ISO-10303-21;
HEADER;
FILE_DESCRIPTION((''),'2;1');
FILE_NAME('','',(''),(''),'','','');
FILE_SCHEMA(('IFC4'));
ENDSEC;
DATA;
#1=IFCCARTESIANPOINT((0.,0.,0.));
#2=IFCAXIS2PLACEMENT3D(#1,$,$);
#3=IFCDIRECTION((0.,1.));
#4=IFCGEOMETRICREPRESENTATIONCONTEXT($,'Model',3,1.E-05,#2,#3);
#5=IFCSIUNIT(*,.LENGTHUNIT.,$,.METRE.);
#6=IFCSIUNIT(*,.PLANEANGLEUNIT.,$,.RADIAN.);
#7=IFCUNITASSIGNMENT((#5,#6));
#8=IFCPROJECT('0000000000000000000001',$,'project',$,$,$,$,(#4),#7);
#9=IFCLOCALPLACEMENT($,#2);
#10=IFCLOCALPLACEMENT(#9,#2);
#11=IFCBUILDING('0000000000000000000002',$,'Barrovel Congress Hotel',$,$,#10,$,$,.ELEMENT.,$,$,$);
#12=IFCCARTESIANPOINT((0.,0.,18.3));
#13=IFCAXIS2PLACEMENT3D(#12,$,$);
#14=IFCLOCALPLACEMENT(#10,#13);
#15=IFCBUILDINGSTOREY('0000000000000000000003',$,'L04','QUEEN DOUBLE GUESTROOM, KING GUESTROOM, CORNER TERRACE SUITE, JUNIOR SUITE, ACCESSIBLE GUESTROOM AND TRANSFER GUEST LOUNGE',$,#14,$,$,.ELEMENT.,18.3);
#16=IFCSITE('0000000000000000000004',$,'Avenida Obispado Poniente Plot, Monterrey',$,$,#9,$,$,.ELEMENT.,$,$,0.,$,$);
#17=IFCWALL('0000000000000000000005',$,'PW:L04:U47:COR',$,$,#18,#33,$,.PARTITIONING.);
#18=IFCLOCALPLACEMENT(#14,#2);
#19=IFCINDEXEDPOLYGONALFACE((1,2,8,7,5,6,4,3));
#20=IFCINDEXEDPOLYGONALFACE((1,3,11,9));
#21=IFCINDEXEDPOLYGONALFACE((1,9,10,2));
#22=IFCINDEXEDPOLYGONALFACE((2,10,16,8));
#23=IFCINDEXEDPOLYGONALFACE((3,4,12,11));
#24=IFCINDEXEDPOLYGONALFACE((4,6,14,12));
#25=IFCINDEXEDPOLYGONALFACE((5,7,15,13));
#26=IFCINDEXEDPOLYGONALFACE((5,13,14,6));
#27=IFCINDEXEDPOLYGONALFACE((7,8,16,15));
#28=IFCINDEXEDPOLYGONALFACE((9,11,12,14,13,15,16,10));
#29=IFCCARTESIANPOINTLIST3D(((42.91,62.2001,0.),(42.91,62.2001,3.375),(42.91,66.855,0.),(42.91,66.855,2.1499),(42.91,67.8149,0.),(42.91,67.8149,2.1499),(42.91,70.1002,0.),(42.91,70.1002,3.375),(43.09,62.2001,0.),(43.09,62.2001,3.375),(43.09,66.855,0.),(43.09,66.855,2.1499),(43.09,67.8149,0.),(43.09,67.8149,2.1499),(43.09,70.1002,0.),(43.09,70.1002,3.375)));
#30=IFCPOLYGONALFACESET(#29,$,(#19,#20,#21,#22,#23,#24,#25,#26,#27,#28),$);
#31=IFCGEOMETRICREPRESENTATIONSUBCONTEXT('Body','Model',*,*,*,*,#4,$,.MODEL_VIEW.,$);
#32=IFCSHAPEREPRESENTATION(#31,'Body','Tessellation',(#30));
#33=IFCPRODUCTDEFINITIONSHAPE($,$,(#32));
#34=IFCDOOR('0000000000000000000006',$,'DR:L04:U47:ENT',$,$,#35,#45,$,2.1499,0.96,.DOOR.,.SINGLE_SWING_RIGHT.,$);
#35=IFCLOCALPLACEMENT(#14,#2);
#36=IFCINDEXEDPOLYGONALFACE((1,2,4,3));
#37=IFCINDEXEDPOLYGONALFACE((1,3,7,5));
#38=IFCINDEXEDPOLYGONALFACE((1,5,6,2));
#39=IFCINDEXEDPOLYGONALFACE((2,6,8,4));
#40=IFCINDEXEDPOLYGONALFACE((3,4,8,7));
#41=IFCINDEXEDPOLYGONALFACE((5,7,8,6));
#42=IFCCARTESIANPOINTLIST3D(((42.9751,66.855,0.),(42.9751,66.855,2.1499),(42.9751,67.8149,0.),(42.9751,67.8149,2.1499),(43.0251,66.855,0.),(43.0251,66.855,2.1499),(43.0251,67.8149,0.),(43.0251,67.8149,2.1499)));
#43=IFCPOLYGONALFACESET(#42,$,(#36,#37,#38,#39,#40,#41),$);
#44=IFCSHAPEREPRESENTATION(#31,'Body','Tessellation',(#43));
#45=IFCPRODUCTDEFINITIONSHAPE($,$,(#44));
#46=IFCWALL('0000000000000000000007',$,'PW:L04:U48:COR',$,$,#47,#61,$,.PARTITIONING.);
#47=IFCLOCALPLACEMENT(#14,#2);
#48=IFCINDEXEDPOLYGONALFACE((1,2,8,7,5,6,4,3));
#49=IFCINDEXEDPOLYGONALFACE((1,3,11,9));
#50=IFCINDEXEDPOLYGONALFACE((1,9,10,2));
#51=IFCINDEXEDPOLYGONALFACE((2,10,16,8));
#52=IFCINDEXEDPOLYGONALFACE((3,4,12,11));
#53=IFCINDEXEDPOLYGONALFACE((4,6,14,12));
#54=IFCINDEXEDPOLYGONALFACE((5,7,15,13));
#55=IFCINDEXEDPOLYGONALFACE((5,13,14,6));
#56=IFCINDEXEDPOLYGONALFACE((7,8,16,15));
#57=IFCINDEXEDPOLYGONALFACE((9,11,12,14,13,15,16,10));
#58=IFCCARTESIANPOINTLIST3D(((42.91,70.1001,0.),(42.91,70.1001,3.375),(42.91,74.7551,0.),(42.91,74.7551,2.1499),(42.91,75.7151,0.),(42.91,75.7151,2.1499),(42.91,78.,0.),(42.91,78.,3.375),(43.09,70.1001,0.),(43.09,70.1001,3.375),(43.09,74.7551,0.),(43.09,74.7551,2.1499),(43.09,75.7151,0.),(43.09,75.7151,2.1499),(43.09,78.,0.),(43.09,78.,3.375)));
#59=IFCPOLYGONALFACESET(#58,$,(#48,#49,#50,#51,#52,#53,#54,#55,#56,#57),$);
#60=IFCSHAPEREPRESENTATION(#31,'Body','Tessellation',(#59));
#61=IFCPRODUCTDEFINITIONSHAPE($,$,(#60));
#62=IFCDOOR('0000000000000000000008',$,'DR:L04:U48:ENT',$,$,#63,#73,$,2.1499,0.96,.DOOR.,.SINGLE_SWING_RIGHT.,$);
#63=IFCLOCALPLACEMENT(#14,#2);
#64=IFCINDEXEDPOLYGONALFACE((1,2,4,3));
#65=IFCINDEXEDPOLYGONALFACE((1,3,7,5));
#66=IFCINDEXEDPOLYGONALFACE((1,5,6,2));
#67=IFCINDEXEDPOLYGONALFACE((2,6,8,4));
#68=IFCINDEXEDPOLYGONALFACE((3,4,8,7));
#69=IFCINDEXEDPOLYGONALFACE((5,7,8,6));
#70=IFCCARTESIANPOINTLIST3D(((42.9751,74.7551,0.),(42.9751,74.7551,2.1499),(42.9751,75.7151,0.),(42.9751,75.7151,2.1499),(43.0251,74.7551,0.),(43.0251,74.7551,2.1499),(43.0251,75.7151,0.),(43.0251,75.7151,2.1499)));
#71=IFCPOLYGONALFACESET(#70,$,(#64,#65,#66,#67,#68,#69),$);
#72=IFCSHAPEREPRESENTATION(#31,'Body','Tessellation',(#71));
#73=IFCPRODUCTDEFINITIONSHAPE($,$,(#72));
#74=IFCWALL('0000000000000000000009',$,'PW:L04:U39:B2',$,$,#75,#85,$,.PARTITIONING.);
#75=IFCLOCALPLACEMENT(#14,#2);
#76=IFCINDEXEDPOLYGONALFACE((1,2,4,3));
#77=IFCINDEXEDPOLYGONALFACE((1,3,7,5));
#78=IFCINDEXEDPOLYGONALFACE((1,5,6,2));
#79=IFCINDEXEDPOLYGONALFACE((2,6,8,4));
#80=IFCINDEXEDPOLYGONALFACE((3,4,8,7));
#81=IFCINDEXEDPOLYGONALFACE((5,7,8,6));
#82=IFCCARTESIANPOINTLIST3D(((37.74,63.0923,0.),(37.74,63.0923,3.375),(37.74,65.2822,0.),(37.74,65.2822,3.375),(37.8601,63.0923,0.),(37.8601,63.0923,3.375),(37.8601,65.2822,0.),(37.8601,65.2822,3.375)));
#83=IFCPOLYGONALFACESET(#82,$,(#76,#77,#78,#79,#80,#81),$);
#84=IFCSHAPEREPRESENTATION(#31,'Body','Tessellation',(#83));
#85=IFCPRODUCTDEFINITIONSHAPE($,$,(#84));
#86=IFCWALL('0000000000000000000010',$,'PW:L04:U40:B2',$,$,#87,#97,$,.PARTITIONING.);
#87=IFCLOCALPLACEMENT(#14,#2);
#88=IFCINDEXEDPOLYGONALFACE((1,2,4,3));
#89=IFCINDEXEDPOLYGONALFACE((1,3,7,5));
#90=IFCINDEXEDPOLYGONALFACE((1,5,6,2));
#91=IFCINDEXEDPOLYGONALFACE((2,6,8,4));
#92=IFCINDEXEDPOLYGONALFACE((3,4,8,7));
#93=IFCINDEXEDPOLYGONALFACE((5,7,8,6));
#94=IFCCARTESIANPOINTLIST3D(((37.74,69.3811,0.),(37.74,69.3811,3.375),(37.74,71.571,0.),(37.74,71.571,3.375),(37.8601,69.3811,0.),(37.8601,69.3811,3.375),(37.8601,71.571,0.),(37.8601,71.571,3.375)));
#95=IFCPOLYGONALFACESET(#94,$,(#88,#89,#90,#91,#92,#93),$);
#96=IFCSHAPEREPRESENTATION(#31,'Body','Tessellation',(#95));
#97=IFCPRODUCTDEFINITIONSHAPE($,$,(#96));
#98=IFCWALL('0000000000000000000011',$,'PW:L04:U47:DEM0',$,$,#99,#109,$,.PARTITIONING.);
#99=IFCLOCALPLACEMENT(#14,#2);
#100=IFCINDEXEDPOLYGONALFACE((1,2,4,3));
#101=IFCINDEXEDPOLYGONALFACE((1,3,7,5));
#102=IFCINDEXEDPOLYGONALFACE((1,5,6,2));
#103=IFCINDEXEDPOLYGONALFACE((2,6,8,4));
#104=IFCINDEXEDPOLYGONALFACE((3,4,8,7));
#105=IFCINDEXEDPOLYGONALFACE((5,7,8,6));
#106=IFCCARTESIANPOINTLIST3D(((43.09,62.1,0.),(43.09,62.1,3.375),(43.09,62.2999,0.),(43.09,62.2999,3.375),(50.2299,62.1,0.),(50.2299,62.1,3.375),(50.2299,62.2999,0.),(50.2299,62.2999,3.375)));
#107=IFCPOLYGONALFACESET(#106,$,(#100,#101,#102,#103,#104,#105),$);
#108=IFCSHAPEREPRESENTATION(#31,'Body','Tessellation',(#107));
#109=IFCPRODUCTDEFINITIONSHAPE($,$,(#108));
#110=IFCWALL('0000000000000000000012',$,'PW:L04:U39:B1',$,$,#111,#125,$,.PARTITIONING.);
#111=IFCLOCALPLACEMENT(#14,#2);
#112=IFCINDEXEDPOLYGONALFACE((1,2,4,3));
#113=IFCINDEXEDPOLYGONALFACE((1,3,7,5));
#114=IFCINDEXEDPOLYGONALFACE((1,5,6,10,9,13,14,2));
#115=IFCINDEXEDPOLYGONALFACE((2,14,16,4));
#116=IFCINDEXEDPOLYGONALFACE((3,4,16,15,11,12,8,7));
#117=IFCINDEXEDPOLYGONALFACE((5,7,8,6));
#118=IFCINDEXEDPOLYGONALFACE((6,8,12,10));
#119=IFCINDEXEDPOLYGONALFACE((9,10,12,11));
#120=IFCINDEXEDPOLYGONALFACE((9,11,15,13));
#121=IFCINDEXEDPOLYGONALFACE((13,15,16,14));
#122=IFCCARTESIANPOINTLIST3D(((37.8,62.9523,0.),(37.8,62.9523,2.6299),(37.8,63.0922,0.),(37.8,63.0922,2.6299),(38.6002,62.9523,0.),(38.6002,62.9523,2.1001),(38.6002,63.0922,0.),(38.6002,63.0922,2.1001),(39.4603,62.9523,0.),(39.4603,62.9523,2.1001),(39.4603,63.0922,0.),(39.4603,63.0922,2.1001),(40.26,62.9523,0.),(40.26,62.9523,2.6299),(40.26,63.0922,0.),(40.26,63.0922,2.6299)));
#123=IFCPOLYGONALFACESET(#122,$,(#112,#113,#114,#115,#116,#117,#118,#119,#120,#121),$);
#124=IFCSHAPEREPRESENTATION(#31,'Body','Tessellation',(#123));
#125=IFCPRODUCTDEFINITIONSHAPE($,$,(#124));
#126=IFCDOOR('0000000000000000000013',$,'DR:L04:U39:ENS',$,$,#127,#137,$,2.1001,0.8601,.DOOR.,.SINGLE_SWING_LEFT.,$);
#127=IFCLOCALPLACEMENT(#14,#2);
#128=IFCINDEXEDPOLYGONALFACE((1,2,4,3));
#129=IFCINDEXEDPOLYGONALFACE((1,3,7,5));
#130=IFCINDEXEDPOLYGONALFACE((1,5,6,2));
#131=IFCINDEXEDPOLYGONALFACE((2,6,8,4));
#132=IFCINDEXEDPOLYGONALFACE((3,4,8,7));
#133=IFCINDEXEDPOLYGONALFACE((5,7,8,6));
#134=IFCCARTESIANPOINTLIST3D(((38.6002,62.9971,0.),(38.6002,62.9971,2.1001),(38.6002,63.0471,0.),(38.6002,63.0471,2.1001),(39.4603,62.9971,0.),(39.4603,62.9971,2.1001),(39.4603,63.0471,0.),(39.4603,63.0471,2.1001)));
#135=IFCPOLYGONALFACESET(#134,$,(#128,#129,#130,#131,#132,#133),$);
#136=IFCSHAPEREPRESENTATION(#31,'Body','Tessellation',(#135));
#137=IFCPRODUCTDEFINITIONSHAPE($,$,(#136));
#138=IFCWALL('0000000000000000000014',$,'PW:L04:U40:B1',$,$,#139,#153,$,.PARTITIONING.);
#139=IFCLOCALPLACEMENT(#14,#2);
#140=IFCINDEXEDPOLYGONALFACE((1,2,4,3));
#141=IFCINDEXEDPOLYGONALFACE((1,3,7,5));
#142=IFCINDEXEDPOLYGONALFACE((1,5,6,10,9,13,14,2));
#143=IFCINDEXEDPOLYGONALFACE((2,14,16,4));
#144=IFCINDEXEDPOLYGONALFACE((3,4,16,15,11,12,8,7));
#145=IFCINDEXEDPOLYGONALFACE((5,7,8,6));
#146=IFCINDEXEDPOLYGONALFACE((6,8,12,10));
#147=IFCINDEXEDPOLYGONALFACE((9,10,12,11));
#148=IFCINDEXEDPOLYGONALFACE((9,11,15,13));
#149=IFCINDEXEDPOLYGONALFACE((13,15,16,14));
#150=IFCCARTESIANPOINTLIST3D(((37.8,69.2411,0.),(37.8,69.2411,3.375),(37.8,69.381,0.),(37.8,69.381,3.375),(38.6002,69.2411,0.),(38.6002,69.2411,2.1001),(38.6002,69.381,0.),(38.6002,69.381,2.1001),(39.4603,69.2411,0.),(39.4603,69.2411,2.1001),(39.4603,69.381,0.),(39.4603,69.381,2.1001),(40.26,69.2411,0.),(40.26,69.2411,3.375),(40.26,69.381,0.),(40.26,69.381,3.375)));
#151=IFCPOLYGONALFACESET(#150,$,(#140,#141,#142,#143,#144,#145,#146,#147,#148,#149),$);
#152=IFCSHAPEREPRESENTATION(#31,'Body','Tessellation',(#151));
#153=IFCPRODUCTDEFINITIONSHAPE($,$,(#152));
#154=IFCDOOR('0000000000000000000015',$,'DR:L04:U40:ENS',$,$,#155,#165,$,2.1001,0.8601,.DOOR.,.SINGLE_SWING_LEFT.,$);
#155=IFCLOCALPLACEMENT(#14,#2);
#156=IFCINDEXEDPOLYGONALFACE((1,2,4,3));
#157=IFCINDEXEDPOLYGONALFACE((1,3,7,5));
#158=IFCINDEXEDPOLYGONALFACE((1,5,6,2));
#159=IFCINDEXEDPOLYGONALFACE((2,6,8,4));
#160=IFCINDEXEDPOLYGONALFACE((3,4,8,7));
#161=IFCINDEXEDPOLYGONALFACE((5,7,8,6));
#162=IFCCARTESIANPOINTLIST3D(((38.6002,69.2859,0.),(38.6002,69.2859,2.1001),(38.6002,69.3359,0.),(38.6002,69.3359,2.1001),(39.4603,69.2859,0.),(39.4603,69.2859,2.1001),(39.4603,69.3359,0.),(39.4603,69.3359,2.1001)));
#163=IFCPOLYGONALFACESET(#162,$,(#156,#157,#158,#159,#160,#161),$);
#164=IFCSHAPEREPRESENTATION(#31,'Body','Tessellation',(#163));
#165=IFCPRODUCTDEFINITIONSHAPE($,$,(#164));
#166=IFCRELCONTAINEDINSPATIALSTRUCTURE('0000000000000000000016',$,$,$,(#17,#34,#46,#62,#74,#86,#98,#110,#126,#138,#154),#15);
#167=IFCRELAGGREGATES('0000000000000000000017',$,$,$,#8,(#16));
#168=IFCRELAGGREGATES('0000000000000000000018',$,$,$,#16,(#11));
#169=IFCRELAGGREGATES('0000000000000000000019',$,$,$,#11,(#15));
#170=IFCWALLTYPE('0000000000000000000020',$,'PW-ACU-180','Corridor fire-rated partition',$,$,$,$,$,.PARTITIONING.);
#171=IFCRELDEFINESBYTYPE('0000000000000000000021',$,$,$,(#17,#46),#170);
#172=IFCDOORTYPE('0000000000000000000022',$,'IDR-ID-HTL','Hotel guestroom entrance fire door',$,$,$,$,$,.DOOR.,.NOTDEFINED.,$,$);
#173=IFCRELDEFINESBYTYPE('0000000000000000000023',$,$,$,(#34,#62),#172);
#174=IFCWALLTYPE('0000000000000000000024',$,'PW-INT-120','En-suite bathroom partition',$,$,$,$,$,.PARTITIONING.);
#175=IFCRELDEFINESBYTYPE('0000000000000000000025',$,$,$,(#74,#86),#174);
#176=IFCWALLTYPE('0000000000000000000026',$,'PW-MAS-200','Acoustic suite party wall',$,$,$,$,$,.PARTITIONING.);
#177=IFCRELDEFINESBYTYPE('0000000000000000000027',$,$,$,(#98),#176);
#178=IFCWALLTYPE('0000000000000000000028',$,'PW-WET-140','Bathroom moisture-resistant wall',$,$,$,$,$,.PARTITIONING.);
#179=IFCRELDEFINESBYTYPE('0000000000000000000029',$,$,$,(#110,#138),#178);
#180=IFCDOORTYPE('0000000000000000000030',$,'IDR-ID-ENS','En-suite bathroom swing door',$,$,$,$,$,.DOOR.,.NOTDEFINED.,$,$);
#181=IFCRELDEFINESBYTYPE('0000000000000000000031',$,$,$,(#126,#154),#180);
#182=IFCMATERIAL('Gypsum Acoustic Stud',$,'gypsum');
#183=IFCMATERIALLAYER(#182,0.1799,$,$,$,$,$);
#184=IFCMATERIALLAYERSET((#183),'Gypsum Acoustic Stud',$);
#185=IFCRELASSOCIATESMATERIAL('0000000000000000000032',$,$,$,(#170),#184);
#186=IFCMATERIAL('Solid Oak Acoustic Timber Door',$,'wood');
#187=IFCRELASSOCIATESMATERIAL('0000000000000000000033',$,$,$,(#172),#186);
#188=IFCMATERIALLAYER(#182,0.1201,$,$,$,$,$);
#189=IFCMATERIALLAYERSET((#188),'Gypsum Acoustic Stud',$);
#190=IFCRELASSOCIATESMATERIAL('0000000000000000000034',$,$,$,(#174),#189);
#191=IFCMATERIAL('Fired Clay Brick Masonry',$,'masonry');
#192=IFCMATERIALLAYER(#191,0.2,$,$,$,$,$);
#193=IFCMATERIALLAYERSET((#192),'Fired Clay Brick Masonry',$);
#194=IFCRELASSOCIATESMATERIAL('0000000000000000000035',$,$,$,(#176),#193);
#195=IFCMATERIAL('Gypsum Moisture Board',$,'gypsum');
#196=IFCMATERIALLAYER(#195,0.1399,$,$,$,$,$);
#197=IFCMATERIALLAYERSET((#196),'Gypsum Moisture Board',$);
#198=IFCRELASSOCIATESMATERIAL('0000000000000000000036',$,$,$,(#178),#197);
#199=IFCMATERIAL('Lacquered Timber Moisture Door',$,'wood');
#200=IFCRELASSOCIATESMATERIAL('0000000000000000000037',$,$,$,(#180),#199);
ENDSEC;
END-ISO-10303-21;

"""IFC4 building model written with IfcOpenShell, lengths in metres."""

from ifc_helpers import new_model, si_unit, direction, frame, frame_2d, origin, place, context, subcontext, project, spatial, rectangle, extrude, material, layer, layer_set, type_object, element, fill, save


model = new_model("IFC4")

# Units and contexts
model_context = context("Model", 3, precision=1e-05, world=origin(), true_north=direction((0.0, 1.0)))
body_context = subcontext(model_context, "Body", "Model", "MODEL_VIEW")
ifc_project = project(units=[si_unit("LENGTHUNIT", "METRE"), si_unit("PLANEANGLEUNIT", "RADIAN")], contexts=[model_context])

# Site, building, storey
site_placement = place(None, origin())
site = spatial("IfcSite", under=ifc_project, at=site_placement, Name="Avenida Obispado Poniente Plot, Monterrey", CompositionType="ELEMENT", RefElevation=0.0)
building_placement = place(site_placement, origin())
building = spatial("IfcBuilding", under=site, at=building_placement, Name="Barrovel Congress Hotel", CompositionType="ELEMENT")
storey_placement = place(building_placement, frame((0.0, 0.0, 18.3)))
storey = spatial("IfcBuildingStorey", under=building, at=storey_placement, Name="L04", Description="QUEEN DOUBLE GUESTROOM, KING GUESTROOM, CORNER TERRACE SUITE, JUNIOR SUITE, ACCESSIBLE GUESTROOM AND TRANSFER GUEST LOUNGE", CompositionType="ELEMENT", Elevation=18.3)

# Walls, openings, doors
ifc_material_1 = material(Name="Gypsum Acoustic Stud", Category="gypsum")
ifc_layer_1 = layer(ifc_material_1, 0.1799)
ifc_layer_set_1 = layer_set([ifc_layer_1], Name="Gypsum Acoustic Stud")
wall_type_1 = type_object("IfcWallType", Name="PW-ACU-180", Description="Corridor fire-rated partition", PredefinedType="PARTITIONING", material=ifc_layer_set_1)
ifc_material_2 = material(Name="Solid Oak Acoustic Timber Door", Category="wood")
door_type_1 = type_object("IfcDoorType", Name="IDR-ID-HTL", Description="Hotel guestroom entrance fire door", OperationType="NOTDEFINED", PredefinedType="DOOR", material=ifc_material_2)
wall_1_placement = place(storey_placement, frame((43.0, 62.2, 0.0), z_axis=(0.0, 0.0, 1.0), x_axis=(0.0, 1.0, 0.0)))
wall_1 = element("IfcWall", 1, at=wall_1_placement, inside=storey, type_object=wall_type_1, Name="PW:L04:U47:COR", PredefinedType="PARTITIONING", context=body_context, shape_type="SweptSolid", body=[
    extrude(rectangle(XDim=7.9001, YDim=0.1799, at=frame_2d((3.9502, 0.0))), origin(), (0.0, 0.0, 1.0), 3.375),
])
opening_1_placement = place(wall_1_placement, frame((4.655, 0.0, 0.0)))
opening_1 = element("IfcOpeningElement", 2, at=opening_1_placement, cuts=wall_1, PredefinedType="OPENING", context=body_context, shape_type="SweptSolid", body=[
    extrude(rectangle(XDim=0.96, YDim=2.1499, at=frame_2d((0.48, 1.075))), frame((0.0, 0.1001, 0.0), z_axis=(0.0, -1.0, 0.0), x_axis=(1.0, 0.0, 0.0)), (0.0, 0.0, 1.0), 0.2),
])
door_1_placement = place(opening_1_placement, origin())
door_1 = element("IfcDoor", 3, at=door_1_placement, inside=storey, type_object=door_type_1, Name="DR:L04:U47:ENT", OperationType="SINGLE_SWING_RIGHT", OverallHeight=2.1499, OverallWidth=0.96, PredefinedType="DOOR", context=body_context, shape_type="SweptSolid", body=[
    extrude(rectangle(XDim=0.96, YDim=2.1499, at=frame_2d((0.48, 1.075))), frame((0.0, 0.0249, 0.0), z_axis=(0.0, -1.0, 0.0), x_axis=(1.0, 0.0, 0.0)), (0.0, 0.0, 1.0), 0.05),
])
fill(opening_1, door_1)
wall_2_placement = place(storey_placement, frame((43.0, 70.1001, 0.0), z_axis=(0.0, 0.0, 1.0), x_axis=(0.0, 1.0, 0.0)))
wall_2 = element("IfcWall", 4, at=wall_2_placement, inside=storey, type_object=wall_type_1, Name="PW:L04:U48:COR", PredefinedType="PARTITIONING", context=body_context, shape_type="SweptSolid", body=[
    extrude(rectangle(XDim=7.8999, YDim=0.1799, at=frame_2d((3.95, 0.0))), origin(), (0.0, 0.0, 1.0), 3.375),
])
opening_2_placement = place(wall_2_placement, frame((4.655, 0.0, 0.0)))
opening_2 = element("IfcOpeningElement", 5, at=opening_2_placement, cuts=wall_2, PredefinedType="OPENING", context=body_context, shape_type="SweptSolid", body=[
    extrude(rectangle(XDim=0.96, YDim=2.1499, at=frame_2d((0.48, 1.075))), frame((0.0, 0.1001, 0.0), z_axis=(0.0, -1.0, 0.0), x_axis=(1.0, 0.0, 0.0)), (0.0, 0.0, 1.0), 0.2),
])
door_2_placement = place(opening_2_placement, origin())
door_2 = element("IfcDoor", 6, at=door_2_placement, inside=storey, type_object=door_type_1, Name="DR:L04:U48:ENT", OperationType="SINGLE_SWING_RIGHT", OverallHeight=2.1499, OverallWidth=0.96, PredefinedType="DOOR", context=body_context, shape_type="SweptSolid", body=[
    extrude(rectangle(XDim=0.96, YDim=2.1499, at=frame_2d((0.48, 1.075))), frame((0.0, 0.0249, 0.0), z_axis=(0.0, -1.0, 0.0), x_axis=(1.0, 0.0, 0.0)), (0.0, 0.0, 1.0), 0.05),
])
fill(opening_2, door_2)

# Walls
ifc_layer_2 = layer(ifc_material_1, 0.1201)
ifc_layer_set_2 = layer_set([ifc_layer_2], Name="Gypsum Acoustic Stud")
wall_type_2 = type_object("IfcWallType", Name="PW-INT-120", Description="En-suite bathroom partition", PredefinedType="PARTITIONING", material=ifc_layer_set_2)
for number, where, z_axis, x_axis, name in (
    (7, (37.8, 63.0923, 0.0), (0.0, 0.0, 1.0), (0.0, 1.0, 0.0), "PW:L04:U39:B2"),
    (8, (37.8, 69.3811, 0.0), (0.0, 0.0, 1.0), (0.0, 1.0, 0.0), "PW:L04:U40:B2"),
):
    element("IfcWall", number, at=place(storey_placement, frame(where, z_axis=z_axis, x_axis=x_axis)), inside=storey, type_object=wall_type_2, Name=name, PredefinedType="PARTITIONING", context=body_context, shape_type="SweptSolid", body=[
        extrude(rectangle(XDim=2.1899, YDim=0.1201, at=frame_2d((1.095, 0.0))), origin(), (0.0, 0.0, 1.0), 3.375),
    ])
ifc_material_3 = material(Name="Fired Clay Brick Masonry", Category="masonry")
ifc_layer_3 = layer(ifc_material_3, 0.2)
ifc_layer_set_3 = layer_set([ifc_layer_3], Name="Fired Clay Brick Masonry")
wall_type_3 = type_object("IfcWallType", Name="PW-MAS-200", Description="Acoustic suite party wall", PredefinedType="PARTITIONING", material=ifc_layer_set_3)
wall_3_placement = place(storey_placement, frame((43.0901, 62.2, 0.0), z_axis=(0.0, 0.0, 1.0), x_axis=(1.0, 0.0, 0.0)))
element("IfcWall", 9, at=wall_3_placement, inside=storey, type_object=wall_type_3, Name="PW:L04:U47:DEM0", PredefinedType="PARTITIONING", context=body_context, shape_type="SweptSolid", body=[
    extrude(rectangle(XDim=7.1399, YDim=0.2, at=frame_2d((3.5698, 0.0))), origin(), (0.0, 0.0, 1.0), 3.375),
])

# Walls, openings, doors
ifc_material_4 = material(Name="Gypsum Moisture Board", Category="gypsum")
ifc_layer_4 = layer(ifc_material_4, 0.1399)
ifc_layer_set_4 = layer_set([ifc_layer_4], Name="Gypsum Moisture Board")
wall_type_4 = type_object("IfcWallType", Name="PW-WET-140", Description="Bathroom moisture-resistant wall", PredefinedType="PARTITIONING", material=ifc_layer_set_4)
wall_4_placement = place(storey_placement, frame((37.8, 63.0222, 0.0), z_axis=(0.0, 0.0, 1.0), x_axis=(1.0, 0.0, 0.0)))
wall_4 = element("IfcWall", 10, at=wall_4_placement, inside=storey, type_object=wall_type_4, Name="PW:L04:U39:B1", PredefinedType="PARTITIONING", context=body_context, shape_type="SweptSolid", body=[
    extrude(rectangle(XDim=2.46, YDim=0.1399, at=frame_2d((1.23, 0.0))), origin(), (0.0, 0.0, 1.0), 2.6299),
])
opening_3_placement = place(wall_4_placement, frame((0.8, 0.0, 0.0)))
opening_3 = element("IfcOpeningElement", 11, at=opening_3_placement, cuts=wall_4, PredefinedType="OPENING", context=body_context, shape_type="SweptSolid", body=[
    extrude(rectangle(XDim=0.8601, YDim=2.1001, at=frame_2d((0.4302, 1.05))), frame((0.0, 0.0801, 0.0), z_axis=(0.0, -1.0, 0.0), x_axis=(1.0, 0.0, 0.0)), (0.0, 0.0, 1.0), 0.1599),
])
ifc_material_5 = material(Name="Lacquered Timber Moisture Door", Category="wood")
door_type_2 = type_object("IfcDoorType", Name="IDR-ID-ENS", Description="En-suite bathroom swing door", OperationType="NOTDEFINED", PredefinedType="DOOR", material=ifc_material_5)
door_3_placement = place(opening_3_placement, origin())
door_3 = element("IfcDoor", 12, at=door_3_placement, inside=storey, type_object=door_type_2, Name="DR:L04:U39:ENS", OperationType="SINGLE_SWING_LEFT", OverallHeight=2.1001, OverallWidth=0.8601, PredefinedType="DOOR", context=body_context, shape_type="SweptSolid", body=[
    extrude(rectangle(XDim=0.8601, YDim=2.1001, at=frame_2d((0.4302, 1.05))), frame((0.0, 0.0249, 0.0), z_axis=(0.0, -1.0, 0.0), x_axis=(1.0, 0.0, 0.0)), (0.0, 0.0, 1.0), 0.05),
])
fill(opening_3, door_3)
wall_5_placement = place(storey_placement, frame((37.8, 69.311, 0.0), z_axis=(0.0, 0.0, 1.0), x_axis=(1.0, 0.0, 0.0)))
wall_5 = element("IfcWall", 13, at=wall_5_placement, inside=storey, type_object=wall_type_4, Name="PW:L04:U40:B1", PredefinedType="PARTITIONING", context=body_context, shape_type="SweptSolid", body=[
    extrude(rectangle(XDim=2.46, YDim=0.1399, at=frame_2d((1.23, 0.0))), origin(), (0.0, 0.0, 1.0), 3.375),
])
opening_4_placement = place(wall_5_placement, frame((0.8, 0.0, 0.0)))
opening_4 = element("IfcOpeningElement", 14, at=opening_4_placement, cuts=wall_5, PredefinedType="OPENING", context=body_context, shape_type="SweptSolid", body=[
    extrude(rectangle(XDim=0.8601, YDim=2.1001, at=frame_2d((0.4302, 1.05))), frame((0.0, 0.0801, 0.0), z_axis=(0.0, -1.0, 0.0), x_axis=(1.0, 0.0, 0.0)), (0.0, 0.0, 1.0), 0.1599),
])
door_4_placement = place(opening_4_placement, origin())
door_4 = element("IfcDoor", 15, at=door_4_placement, inside=storey, type_object=door_type_2, Name="DR:L04:U40:ENS", OperationType="SINGLE_SWING_LEFT", OverallHeight=2.1001, OverallWidth=0.8601, PredefinedType="DOOR", context=body_context, shape_type="SweptSolid", body=[
    extrude(rectangle(XDim=0.8601, YDim=2.1001, at=frame_2d((0.4302, 1.05))), frame((0.0, 0.0249, 0.0), z_axis=(0.0, -1.0, 0.0), x_axis=(1.0, 0.0, 0.0)), (0.0, 0.0, 1.0), 0.05),
])
fill(opening_4, door_4)

save(model, "model.ifc")
